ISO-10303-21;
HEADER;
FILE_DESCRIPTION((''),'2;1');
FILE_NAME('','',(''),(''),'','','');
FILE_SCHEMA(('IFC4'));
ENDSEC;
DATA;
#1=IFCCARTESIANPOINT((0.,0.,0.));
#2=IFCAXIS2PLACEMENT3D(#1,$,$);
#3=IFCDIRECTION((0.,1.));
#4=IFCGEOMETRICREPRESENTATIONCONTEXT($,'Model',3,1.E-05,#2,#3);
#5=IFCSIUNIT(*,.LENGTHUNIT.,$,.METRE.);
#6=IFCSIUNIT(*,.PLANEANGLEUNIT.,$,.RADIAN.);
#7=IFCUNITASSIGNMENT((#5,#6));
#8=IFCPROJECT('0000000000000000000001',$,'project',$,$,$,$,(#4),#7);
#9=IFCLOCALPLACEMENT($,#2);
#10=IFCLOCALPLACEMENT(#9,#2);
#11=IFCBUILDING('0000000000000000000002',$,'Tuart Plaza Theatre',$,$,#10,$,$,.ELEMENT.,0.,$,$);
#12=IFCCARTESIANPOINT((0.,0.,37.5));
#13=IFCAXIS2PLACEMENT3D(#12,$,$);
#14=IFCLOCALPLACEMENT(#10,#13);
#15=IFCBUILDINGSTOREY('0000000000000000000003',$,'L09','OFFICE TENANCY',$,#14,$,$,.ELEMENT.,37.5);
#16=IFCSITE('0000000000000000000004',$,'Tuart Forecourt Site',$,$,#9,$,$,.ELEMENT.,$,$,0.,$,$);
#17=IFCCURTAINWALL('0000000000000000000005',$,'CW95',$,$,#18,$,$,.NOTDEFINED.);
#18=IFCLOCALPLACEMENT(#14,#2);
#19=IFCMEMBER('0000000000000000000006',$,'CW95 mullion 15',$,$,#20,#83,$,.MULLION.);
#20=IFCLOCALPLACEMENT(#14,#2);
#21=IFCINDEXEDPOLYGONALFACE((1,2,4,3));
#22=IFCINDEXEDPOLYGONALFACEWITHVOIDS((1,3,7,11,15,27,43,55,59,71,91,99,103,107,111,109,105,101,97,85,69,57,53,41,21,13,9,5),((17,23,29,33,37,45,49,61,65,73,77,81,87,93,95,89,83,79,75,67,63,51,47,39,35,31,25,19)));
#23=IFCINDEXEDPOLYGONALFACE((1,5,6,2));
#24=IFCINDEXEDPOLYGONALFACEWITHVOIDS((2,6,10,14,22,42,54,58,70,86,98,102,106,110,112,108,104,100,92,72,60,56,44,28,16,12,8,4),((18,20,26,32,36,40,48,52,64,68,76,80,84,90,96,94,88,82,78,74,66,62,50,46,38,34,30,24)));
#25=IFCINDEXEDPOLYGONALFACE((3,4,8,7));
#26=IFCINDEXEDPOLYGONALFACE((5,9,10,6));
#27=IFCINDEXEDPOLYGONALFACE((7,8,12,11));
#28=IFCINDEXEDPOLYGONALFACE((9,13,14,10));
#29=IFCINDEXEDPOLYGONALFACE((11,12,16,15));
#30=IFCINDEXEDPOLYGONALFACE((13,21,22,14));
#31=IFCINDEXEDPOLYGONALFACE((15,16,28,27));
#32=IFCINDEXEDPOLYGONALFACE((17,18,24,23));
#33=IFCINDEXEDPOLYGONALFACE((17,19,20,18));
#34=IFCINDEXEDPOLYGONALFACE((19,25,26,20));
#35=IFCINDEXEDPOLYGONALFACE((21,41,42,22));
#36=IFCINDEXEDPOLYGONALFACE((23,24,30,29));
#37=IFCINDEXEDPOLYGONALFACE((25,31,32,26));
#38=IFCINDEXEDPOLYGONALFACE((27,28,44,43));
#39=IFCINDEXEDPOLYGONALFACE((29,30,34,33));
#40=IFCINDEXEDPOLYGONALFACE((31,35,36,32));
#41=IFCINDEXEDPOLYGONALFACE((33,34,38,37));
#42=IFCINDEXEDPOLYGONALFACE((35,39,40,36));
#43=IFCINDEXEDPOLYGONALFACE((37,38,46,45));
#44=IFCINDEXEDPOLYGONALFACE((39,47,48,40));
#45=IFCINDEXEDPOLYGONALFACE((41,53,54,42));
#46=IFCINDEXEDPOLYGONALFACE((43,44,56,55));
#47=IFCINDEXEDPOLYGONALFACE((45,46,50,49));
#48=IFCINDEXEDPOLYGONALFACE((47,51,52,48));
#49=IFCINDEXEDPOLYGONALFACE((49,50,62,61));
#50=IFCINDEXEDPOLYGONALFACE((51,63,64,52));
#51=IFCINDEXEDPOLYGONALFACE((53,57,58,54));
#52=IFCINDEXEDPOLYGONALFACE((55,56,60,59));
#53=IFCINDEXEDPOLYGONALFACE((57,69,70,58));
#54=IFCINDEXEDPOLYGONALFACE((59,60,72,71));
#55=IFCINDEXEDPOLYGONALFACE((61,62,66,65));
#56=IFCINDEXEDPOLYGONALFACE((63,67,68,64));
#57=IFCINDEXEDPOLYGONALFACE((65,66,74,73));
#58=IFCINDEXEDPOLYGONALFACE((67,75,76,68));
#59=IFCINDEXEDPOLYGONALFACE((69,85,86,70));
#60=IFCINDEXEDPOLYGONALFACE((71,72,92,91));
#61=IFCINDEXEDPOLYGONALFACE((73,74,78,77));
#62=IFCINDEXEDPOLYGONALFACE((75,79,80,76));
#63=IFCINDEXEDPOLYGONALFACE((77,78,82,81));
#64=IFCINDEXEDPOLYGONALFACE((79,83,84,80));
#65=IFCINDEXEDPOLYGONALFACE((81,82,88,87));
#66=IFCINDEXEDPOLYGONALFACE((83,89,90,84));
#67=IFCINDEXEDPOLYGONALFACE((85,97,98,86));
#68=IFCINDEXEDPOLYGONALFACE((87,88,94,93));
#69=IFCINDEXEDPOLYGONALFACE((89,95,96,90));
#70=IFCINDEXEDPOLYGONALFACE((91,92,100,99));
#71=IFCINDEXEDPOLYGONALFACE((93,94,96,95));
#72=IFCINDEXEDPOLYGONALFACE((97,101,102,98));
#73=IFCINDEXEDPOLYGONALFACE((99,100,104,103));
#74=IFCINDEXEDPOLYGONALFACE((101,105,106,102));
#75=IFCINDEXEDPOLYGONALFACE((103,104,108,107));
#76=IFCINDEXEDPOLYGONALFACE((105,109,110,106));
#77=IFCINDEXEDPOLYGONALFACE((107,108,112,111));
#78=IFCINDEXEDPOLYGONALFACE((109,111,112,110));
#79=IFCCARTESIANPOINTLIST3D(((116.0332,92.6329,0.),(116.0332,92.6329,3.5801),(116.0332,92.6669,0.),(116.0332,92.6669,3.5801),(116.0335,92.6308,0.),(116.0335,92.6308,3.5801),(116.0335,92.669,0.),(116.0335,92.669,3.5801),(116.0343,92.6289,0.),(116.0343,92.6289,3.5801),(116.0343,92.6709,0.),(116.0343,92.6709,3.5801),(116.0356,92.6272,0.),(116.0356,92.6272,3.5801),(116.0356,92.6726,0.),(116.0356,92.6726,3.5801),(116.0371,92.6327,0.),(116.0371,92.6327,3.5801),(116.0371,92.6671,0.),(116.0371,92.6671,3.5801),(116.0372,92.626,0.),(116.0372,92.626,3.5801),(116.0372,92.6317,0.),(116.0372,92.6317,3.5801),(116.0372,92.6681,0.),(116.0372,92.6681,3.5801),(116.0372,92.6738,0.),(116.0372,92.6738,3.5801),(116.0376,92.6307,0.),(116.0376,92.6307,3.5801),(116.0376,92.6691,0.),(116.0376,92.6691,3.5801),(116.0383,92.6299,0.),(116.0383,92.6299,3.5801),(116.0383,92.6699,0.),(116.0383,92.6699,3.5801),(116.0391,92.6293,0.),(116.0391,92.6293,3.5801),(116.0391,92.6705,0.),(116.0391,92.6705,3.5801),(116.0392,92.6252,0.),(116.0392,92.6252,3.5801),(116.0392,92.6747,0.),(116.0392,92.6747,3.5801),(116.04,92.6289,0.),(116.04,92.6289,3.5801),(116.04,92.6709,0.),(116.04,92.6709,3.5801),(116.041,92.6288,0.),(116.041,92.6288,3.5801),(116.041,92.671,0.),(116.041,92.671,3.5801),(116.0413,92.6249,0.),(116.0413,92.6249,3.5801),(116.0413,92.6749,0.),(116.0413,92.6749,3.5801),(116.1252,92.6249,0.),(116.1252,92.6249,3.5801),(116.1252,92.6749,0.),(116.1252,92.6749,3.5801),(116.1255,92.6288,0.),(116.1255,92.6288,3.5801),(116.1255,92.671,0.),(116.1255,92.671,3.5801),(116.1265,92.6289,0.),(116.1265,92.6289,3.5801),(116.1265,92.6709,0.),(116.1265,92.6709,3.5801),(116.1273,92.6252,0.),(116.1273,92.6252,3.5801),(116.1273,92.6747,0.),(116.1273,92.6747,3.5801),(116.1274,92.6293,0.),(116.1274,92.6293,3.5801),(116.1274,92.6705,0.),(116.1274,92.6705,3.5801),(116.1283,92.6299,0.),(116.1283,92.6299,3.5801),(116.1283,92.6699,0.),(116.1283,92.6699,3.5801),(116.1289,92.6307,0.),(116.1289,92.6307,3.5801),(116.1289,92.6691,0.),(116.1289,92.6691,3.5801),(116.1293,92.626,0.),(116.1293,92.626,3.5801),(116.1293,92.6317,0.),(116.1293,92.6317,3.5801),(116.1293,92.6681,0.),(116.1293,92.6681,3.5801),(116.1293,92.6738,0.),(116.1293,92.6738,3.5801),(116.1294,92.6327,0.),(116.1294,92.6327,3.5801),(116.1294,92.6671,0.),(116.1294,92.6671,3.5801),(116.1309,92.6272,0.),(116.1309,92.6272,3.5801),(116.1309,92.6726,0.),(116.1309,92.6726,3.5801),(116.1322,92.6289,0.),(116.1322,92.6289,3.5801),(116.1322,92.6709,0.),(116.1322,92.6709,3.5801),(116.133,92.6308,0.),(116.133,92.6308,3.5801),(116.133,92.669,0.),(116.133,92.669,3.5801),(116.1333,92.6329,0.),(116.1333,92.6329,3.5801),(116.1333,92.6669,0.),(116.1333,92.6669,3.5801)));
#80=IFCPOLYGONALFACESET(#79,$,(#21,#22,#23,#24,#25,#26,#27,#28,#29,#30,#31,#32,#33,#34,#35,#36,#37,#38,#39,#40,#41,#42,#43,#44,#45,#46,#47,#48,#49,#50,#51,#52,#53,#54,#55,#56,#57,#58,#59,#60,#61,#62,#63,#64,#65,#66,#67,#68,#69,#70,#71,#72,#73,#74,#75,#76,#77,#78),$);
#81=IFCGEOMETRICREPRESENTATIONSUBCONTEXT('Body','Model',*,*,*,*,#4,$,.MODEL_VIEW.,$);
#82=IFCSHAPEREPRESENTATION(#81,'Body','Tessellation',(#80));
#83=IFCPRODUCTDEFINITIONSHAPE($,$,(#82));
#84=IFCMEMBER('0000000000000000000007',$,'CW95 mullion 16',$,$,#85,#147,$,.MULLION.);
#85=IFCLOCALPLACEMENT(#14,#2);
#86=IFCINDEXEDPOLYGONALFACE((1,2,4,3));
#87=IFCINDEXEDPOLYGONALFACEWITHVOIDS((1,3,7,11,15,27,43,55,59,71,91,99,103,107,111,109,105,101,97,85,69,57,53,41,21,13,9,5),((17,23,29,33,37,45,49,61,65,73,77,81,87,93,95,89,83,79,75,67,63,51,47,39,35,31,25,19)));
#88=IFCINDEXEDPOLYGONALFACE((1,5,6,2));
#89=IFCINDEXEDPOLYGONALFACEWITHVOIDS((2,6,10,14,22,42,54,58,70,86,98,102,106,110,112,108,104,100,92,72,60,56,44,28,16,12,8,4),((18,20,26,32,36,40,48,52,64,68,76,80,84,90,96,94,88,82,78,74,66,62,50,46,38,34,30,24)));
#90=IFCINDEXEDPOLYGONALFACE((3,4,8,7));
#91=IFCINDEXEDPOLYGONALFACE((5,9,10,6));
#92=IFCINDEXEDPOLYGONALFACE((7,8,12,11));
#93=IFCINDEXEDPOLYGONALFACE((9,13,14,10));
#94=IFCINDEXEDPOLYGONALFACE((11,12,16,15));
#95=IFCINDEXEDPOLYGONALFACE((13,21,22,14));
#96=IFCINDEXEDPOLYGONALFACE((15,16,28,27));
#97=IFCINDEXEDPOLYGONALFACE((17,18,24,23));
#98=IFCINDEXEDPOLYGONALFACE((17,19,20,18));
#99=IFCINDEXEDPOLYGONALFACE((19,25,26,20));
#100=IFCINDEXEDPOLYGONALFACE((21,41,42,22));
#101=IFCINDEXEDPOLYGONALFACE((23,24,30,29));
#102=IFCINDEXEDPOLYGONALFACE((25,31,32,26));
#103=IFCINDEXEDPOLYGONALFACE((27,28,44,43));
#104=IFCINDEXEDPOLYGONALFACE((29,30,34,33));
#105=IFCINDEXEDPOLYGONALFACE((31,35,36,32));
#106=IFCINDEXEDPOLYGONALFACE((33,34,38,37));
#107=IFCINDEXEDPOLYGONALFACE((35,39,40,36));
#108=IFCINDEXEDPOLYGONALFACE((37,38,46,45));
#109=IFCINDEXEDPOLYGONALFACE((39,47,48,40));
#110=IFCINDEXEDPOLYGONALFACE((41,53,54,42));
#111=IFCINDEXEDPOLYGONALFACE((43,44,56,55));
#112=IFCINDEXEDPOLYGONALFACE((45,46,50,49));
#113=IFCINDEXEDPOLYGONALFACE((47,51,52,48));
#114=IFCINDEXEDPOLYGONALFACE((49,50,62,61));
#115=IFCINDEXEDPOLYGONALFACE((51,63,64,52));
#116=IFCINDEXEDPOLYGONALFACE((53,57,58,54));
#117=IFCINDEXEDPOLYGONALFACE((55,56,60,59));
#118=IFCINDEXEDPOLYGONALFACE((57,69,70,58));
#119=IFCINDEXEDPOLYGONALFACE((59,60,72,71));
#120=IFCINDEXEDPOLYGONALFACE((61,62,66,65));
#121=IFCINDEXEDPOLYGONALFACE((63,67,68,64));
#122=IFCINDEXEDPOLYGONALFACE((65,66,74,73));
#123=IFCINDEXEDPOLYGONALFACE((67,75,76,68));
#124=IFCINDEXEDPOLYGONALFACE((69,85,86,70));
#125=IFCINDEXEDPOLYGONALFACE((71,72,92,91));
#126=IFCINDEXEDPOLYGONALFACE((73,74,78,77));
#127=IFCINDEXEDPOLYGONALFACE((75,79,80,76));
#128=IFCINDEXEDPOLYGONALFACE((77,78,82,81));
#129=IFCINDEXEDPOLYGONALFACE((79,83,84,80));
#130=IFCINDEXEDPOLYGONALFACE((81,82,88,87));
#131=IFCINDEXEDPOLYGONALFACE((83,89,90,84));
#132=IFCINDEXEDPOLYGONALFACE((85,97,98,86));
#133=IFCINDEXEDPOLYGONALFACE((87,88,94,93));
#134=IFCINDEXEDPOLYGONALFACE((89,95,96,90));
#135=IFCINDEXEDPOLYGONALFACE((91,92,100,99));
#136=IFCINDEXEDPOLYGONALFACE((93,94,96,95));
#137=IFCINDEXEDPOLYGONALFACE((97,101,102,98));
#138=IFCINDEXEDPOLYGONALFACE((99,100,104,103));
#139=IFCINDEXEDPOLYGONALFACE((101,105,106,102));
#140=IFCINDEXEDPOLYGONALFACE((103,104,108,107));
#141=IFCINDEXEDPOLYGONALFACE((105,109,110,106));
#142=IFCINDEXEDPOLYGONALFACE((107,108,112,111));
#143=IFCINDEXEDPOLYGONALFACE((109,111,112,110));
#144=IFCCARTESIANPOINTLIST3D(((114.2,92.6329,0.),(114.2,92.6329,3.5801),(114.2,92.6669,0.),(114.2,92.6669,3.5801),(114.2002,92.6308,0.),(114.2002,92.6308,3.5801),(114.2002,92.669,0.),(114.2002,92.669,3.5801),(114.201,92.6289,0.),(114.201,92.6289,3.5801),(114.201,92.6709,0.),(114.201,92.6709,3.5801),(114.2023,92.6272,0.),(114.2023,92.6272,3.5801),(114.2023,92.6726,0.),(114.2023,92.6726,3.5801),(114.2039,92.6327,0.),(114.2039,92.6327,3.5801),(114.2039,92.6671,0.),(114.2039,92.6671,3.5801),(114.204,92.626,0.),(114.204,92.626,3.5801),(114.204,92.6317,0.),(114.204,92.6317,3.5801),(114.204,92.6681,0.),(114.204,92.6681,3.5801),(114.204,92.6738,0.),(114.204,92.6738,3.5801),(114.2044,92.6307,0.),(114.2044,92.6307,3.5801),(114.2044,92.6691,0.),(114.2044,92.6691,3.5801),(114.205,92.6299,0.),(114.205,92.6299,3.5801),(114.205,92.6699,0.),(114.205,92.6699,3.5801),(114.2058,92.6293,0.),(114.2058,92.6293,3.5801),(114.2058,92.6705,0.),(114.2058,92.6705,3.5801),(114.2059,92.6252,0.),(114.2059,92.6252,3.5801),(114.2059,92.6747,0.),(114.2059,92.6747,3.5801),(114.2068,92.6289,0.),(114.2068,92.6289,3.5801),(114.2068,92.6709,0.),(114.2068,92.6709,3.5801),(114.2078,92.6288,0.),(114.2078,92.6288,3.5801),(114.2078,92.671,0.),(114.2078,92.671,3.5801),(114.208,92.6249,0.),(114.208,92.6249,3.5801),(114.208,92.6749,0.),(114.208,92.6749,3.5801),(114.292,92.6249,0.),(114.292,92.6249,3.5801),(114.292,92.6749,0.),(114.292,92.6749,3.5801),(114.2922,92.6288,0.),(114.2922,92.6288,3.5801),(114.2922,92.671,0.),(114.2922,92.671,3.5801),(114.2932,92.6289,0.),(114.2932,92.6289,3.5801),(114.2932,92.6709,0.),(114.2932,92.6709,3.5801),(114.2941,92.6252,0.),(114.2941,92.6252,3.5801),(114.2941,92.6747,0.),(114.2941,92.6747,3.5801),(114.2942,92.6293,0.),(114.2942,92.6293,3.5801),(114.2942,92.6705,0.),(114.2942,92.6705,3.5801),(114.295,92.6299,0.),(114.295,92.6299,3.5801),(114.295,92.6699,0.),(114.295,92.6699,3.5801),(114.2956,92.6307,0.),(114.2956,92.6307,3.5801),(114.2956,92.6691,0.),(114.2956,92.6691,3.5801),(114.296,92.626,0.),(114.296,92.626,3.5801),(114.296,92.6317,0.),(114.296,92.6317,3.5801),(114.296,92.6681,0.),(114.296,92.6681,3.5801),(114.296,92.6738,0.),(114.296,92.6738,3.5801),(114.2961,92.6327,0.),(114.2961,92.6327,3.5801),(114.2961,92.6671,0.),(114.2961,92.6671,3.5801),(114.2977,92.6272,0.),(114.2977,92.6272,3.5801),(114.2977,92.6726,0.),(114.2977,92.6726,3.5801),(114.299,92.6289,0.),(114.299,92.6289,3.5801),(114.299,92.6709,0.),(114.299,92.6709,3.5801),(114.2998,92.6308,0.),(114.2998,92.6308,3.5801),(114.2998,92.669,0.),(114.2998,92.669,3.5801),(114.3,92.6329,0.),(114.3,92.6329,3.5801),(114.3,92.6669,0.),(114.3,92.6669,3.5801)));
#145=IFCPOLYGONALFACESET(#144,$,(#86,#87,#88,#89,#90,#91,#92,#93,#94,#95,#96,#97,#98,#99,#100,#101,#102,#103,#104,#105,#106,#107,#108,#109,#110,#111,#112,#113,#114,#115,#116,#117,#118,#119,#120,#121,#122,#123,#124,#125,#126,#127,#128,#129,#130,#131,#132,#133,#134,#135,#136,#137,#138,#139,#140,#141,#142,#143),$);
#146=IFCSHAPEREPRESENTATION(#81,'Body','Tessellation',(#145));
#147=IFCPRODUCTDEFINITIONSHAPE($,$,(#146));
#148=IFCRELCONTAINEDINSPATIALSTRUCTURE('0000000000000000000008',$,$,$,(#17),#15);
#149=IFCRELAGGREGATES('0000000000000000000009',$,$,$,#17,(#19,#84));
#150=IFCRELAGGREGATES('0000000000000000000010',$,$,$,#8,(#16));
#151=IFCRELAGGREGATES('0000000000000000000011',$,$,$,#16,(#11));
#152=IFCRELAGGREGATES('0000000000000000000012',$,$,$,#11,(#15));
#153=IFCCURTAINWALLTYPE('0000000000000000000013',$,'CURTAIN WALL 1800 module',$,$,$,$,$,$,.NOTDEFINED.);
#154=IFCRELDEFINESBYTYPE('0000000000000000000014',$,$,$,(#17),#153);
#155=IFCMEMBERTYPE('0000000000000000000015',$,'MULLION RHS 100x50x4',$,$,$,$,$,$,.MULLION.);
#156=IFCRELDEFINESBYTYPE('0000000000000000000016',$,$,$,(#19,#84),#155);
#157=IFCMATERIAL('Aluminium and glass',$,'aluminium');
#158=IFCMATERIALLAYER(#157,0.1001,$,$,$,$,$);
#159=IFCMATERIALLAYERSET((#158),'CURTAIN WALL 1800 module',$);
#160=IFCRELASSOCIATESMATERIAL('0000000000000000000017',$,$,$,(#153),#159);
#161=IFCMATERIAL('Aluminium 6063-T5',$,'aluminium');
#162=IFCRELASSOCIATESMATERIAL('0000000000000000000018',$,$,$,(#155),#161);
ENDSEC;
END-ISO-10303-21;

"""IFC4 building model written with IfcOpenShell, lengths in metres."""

from ifc_helpers import new_model, si_unit, direction, frame, origin, origin_2d, place, context, subcontext, project, spatial, hollow_rectangle, extrude, material, layer, layer_set, material_profile, profile_set, type_object, element, aggregate, save


model = new_model("IFC4")

# Units and contexts
model_context = context("Model", 3, precision=1e-05, world=origin(), true_north=direction((0.0, 1.0)))
body_context = subcontext(model_context, "Body", "Model", "MODEL_VIEW")
ifc_project = project(units=[si_unit("LENGTHUNIT", "METRE"), si_unit("PLANEANGLEUNIT", "RADIAN")], contexts=[model_context])

# Site, building, storey
site_placement = place(None, origin())
site = spatial("IfcSite", under=ifc_project, at=site_placement, Name="Tuart Forecourt Site", CompositionType="ELEMENT", RefElevation=0.0)
building_placement = place(site_placement, origin())
building = spatial("IfcBuilding", under=site, at=building_placement, Name="Tuart Plaza Theatre", CompositionType="ELEMENT", ElevationOfRefHeight=0.0)
storey_placement = place(building_placement, frame((0.0, 0.0, 37.5)))
storey = spatial("IfcBuildingStorey", under=building, at=storey_placement, Name="L09", Description="OFFICE TENANCY", CompositionType="ELEMENT", Elevation=37.5)

# Curtain wall, members
ifc_material_1 = material(Name="Aluminium and glass", Category="aluminium")
ifc_layer_1 = layer(ifc_material_1, 0.1001)
ifc_layer_set_1 = layer_set([ifc_layer_1], Name="CURTAIN WALL 1800 module")
curtain_wall_type = type_object("IfcCurtainWallType", Name="CURTAIN WALL 1800 module", PredefinedType="NOTDEFINED", material=ifc_layer_set_1)
curtain_wall_placement = place(storey_placement, origin())
curtain_wall = element("IfcCurtainWall", 1, at=curtain_wall_placement, inside=storey, type_object=curtain_wall_type, Name="CW95", PredefinedType="NOTDEFINED")
ifc_material_2 = material(Name="Aluminium 6063-T5", Category="aluminium")
ifc_material_profile_1 = material_profile(ifc_material_2, hollow_rectangle(XDim=0.05, YDim=0.1001, WallThickness=0.0039, InnerFilletRadius=0.0039, OuterFilletRadius=0.0081, at=origin_2d()), Name="RHS 100x50x4")
ifc_profile_set_1 = profile_set([ifc_material_profile_1], Name="Aluminium 6063-T5")
member_type_1 = type_object("IfcMemberType", Name="MULLION RHS 100x50x4", PredefinedType="MULLION", material=ifc_profile_set_1)
member_1_placement = place(storey_placement, frame((116.0833, 92.6499, 0.0), z_axis=(0.0, 0.0, 1.0), x_axis=(0.0, -1.0, 0.0)))
member_1 = element("IfcMember", 2, at=member_1_placement, type_object=member_type_1, Name="CW95 mullion 15", PredefinedType="MULLION", context=body_context, shape_type="SweptSolid", body=[
    extrude(hollow_rectangle(XDim=0.05, YDim=0.1001, WallThickness=0.0039, InnerFilletRadius=0.0039, OuterFilletRadius=0.0081, at=origin_2d()), origin(), (0.0, 0.0, 1.0), 3.5801),
])
member_2_placement = place(storey_placement, frame((114.25, 92.6499, 0.0), z_axis=(0.0, 0.0, 1.0), x_axis=(0.0, -1.0, 0.0)))
member_2 = element("IfcMember", 3, at=member_2_placement, type_object=member_type_1, Name="CW95 mullion 16", PredefinedType="MULLION", context=body_context, shape_type="SweptSolid", body=[
    extrude(hollow_rectangle(XDim=0.05, YDim=0.1001, WallThickness=0.0039, InnerFilletRadius=0.0039, OuterFilletRadius=0.0081, at=origin_2d()), origin(), (0.0, 0.0, 1.0), 3.5801),
])
aggregate(curtain_wall, [member_1, member_2])

save(model, "model.ifc")
